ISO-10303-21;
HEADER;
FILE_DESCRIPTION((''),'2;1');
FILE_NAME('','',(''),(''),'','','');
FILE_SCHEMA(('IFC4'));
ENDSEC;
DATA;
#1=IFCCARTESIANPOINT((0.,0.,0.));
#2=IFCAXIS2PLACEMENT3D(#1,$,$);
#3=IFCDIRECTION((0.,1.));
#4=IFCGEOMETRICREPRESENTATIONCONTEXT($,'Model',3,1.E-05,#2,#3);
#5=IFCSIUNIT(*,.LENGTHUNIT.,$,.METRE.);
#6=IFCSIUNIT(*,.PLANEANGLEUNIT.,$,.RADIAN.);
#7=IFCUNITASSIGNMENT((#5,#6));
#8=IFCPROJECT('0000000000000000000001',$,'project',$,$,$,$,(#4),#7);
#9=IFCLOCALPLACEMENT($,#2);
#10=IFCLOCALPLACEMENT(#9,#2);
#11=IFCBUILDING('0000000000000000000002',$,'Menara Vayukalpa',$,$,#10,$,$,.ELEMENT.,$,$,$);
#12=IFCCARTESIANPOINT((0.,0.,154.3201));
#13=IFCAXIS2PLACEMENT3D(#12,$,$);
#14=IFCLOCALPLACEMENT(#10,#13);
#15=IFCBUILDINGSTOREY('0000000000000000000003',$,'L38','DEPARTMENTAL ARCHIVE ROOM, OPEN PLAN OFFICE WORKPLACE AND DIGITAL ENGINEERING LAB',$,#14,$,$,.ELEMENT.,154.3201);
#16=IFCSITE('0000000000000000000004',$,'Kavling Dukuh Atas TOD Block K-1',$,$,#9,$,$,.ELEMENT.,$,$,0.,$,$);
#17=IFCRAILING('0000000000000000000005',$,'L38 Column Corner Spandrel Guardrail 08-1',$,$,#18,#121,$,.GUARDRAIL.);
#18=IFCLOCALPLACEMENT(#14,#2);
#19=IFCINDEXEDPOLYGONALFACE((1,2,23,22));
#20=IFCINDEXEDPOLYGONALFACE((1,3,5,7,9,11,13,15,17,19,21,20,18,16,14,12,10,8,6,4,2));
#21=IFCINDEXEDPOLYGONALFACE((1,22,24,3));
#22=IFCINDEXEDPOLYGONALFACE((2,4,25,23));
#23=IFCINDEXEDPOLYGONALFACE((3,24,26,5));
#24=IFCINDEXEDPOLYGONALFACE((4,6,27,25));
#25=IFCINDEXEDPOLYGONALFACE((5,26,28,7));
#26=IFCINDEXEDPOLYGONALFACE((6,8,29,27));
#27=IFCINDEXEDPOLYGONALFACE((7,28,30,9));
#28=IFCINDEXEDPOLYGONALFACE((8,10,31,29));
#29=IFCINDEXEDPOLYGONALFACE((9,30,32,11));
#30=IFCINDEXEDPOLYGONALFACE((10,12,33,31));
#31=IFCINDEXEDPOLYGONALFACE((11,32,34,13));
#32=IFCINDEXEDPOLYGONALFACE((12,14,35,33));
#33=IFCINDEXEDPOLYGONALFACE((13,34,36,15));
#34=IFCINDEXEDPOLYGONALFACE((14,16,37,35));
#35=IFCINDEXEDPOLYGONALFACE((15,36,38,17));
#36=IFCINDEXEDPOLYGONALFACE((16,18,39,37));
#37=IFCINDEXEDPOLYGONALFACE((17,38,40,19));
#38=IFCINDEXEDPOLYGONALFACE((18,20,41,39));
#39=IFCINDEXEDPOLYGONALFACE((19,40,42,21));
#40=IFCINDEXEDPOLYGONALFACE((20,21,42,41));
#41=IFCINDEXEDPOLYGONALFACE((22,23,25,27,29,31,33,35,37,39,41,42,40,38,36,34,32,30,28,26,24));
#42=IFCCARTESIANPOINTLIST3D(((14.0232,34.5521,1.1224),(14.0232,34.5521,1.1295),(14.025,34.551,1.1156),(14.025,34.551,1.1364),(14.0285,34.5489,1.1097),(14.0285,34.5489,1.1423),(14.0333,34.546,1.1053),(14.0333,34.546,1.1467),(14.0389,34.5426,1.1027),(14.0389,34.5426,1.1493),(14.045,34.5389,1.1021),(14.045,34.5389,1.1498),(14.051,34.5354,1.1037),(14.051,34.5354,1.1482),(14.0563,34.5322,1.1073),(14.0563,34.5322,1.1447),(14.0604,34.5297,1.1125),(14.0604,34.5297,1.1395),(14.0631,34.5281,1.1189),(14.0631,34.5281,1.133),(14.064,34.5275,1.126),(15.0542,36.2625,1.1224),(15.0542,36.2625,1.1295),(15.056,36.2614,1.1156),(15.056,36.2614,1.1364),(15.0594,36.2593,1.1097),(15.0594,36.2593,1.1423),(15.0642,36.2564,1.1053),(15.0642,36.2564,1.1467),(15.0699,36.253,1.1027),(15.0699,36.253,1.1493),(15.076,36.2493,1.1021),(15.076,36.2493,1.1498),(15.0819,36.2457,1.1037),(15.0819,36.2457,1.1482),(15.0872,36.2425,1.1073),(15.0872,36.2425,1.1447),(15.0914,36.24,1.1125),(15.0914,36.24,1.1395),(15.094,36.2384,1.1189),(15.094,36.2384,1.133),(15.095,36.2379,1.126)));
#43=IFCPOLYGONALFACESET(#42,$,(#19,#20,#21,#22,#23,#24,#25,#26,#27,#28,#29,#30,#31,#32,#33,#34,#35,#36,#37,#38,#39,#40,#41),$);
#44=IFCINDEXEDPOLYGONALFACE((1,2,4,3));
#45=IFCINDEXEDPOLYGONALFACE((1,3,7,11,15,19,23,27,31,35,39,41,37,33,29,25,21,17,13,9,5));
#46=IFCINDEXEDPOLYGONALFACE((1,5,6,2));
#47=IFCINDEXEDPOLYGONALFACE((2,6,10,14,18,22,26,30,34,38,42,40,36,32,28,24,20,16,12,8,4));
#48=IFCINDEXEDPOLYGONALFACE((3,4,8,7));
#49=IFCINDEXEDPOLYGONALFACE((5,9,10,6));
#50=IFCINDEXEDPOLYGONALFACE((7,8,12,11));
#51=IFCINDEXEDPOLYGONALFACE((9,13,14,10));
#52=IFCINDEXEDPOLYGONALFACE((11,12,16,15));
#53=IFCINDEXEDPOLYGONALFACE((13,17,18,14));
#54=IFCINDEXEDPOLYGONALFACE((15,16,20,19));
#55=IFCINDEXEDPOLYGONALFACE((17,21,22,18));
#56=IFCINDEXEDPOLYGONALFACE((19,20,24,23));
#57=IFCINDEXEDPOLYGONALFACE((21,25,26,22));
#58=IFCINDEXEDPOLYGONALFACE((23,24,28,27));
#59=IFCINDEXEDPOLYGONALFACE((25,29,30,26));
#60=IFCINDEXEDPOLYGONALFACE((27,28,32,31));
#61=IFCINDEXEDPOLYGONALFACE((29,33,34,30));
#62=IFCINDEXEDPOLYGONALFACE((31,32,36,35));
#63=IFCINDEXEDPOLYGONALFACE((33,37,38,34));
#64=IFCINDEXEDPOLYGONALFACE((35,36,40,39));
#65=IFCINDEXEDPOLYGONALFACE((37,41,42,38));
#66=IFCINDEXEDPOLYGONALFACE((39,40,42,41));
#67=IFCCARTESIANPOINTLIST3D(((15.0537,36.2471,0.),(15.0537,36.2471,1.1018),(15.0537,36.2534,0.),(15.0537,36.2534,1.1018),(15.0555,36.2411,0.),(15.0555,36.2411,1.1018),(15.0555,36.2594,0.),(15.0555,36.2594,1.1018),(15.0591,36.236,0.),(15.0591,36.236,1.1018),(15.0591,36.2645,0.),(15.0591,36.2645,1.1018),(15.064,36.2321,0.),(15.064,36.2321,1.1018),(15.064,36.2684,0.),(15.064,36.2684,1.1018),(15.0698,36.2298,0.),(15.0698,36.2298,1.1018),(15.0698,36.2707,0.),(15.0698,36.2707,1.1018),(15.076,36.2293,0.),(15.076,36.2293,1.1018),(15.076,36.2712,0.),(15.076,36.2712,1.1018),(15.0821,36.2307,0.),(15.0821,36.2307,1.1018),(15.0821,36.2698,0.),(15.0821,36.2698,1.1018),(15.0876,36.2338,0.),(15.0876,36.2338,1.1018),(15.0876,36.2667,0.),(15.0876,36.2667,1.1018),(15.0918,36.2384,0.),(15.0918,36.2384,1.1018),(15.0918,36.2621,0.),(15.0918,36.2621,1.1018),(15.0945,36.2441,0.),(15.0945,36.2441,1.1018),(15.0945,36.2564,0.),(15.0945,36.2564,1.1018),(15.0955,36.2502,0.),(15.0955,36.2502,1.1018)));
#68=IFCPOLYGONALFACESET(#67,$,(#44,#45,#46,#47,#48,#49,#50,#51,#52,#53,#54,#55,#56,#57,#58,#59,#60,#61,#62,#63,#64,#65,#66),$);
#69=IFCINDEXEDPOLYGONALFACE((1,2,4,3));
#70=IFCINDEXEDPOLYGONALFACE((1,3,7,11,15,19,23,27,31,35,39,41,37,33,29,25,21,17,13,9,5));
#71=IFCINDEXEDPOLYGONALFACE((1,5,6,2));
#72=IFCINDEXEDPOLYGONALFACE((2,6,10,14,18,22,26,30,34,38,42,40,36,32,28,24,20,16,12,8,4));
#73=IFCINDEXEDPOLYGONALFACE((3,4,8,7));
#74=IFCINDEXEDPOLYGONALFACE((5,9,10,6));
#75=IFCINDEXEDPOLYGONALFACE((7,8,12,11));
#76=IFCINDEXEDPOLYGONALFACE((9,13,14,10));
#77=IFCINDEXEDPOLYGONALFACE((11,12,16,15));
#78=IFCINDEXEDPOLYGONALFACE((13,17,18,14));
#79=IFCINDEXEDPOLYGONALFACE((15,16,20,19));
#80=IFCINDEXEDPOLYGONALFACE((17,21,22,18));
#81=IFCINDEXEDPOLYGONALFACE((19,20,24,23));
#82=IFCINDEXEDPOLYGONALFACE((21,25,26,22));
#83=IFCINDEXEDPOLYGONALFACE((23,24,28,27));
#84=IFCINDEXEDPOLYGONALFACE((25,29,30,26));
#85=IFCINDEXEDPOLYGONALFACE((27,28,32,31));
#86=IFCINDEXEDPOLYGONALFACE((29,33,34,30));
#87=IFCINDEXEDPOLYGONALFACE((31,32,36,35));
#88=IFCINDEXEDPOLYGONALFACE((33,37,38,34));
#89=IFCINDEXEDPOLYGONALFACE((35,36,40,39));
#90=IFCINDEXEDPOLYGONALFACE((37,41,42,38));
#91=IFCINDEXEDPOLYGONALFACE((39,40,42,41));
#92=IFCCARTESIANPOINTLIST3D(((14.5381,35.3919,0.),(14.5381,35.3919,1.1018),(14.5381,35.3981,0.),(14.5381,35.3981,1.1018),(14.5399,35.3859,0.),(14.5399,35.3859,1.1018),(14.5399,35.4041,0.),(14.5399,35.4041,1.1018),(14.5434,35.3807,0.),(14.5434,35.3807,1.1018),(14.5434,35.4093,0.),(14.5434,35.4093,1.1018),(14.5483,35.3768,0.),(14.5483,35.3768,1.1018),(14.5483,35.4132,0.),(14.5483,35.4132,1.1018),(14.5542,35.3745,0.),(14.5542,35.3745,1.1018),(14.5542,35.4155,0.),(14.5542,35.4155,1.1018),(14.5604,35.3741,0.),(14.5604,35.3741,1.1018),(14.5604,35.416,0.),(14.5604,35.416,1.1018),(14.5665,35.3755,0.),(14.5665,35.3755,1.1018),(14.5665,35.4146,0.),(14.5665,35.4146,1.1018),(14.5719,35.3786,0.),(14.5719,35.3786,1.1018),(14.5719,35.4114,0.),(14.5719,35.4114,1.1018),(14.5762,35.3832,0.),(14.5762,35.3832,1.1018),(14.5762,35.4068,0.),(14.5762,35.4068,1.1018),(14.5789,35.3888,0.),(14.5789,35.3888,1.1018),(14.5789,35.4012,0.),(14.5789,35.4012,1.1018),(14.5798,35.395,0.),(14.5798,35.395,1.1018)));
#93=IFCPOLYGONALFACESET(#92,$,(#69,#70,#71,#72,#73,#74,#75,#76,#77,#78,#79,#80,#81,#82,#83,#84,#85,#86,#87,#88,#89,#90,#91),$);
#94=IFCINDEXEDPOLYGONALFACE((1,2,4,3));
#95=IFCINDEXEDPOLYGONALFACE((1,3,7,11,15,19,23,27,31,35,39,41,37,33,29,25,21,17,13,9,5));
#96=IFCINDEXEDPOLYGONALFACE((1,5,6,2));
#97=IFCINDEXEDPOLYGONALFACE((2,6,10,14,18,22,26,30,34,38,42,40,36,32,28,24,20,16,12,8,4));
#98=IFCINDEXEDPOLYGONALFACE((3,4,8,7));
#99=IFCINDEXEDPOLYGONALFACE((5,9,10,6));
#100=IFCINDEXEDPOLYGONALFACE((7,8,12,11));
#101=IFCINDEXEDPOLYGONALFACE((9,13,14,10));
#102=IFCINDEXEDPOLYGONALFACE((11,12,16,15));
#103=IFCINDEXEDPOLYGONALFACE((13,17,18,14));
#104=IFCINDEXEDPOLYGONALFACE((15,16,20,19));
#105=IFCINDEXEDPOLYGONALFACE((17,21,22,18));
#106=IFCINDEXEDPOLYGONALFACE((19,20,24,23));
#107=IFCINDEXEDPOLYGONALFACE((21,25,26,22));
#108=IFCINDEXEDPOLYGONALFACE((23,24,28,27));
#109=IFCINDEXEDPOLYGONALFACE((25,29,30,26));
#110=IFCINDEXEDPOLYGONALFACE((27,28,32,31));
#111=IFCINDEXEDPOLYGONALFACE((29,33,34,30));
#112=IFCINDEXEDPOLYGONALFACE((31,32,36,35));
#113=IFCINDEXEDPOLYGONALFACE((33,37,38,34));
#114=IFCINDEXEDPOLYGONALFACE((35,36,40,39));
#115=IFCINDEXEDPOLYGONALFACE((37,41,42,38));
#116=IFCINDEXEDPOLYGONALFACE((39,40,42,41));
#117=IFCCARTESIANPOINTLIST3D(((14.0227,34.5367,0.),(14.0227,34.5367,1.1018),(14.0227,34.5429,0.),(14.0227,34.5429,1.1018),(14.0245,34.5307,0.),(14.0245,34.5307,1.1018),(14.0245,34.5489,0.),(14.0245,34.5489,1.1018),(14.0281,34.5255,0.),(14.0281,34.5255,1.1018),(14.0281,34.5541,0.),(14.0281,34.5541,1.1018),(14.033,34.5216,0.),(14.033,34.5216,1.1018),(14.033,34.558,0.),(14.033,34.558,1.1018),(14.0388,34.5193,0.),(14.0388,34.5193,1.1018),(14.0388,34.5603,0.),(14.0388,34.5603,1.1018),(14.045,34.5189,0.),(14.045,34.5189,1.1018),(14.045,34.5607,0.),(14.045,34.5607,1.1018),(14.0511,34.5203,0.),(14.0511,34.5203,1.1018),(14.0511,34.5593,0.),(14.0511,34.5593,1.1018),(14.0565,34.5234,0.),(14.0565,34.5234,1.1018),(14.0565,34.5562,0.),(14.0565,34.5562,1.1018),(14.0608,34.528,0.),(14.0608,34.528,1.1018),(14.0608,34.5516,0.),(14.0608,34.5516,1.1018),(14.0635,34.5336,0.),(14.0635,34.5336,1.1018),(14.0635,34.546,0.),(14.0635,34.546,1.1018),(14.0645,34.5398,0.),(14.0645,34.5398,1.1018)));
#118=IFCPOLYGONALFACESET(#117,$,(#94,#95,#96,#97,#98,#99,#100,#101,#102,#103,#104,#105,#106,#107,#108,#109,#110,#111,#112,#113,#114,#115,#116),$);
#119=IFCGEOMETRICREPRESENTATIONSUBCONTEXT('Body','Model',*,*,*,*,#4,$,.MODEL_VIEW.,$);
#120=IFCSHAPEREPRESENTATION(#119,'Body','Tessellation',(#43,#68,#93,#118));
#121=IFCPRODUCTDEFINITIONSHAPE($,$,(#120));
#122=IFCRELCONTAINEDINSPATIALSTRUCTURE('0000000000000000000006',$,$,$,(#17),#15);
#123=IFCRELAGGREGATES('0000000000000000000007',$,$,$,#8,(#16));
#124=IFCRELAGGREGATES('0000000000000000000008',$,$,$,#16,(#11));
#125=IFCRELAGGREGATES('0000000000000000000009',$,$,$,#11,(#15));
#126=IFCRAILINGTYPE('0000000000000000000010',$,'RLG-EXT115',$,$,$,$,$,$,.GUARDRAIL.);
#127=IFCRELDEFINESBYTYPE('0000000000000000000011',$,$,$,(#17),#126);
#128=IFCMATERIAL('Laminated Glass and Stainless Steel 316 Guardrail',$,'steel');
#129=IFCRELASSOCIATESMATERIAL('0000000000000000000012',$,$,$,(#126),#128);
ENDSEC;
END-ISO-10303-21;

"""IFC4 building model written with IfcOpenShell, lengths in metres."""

from ifc_helpers import new_model, si_unit, direction, frame, origin, origin_2d, place, context, subcontext, project, spatial, circle, extrude, material, type_object, element, save


model = new_model("IFC4")

# Units and contexts
model_context = context("Model", 3, precision=1e-05, world=origin(), true_north=direction((0.0, 1.0)))
body_context = subcontext(model_context, "Body", "Model", "MODEL_VIEW")
ifc_project = project(units=[si_unit("LENGTHUNIT", "METRE"), si_unit("PLANEANGLEUNIT", "RADIAN")], contexts=[model_context])

# Site, building, storey
site_placement = place(None, origin())
site = spatial("IfcSite", under=ifc_project, at=site_placement, Name="Kavling Dukuh Atas TOD Block K-1", CompositionType="ELEMENT", RefElevation=0.0)
building_placement = place(site_placement, origin())
building = spatial("IfcBuilding", under=site, at=building_placement, Name="Menara Vayukalpa", CompositionType="ELEMENT")
storey_placement = place(building_placement, frame((0.0, 0.0, 154.3201)))
storey = spatial("IfcBuildingStorey", under=building, at=storey_placement, Name="L38", Description="DEPARTMENTAL ARCHIVE ROOM, OPEN PLAN OFFICE WORKPLACE AND DIGITAL ENGINEERING LAB", CompositionType="ELEMENT", Elevation=154.3201)

# Railing
ifc_material_1 = material(Name="Laminated Glass and Stainless Steel 316 Guardrail", Category="steel")
railing_type = type_object("IfcRailingType", Name="RLG-EXT115", PredefinedType="GUARDRAIL", material=ifc_material_1)
railing_1_placement = place(storey_placement, frame((15.0745, 36.2502, 0.0)))
element("IfcRailing", 1, at=railing_1_placement, inside=storey, type_object=railing_type, Name="L38 Column Corner Spandrel Guardrail 08-1", PredefinedType="GUARDRAIL", context=body_context, shape_type="SweptSolid", body=[
    extrude(circle(Radius=0.0239, at=origin_2d()), frame((0.0, 0.0, 1.126), z_axis=(-0.516238, -0.856445, 0.0), x_axis=(0.856445, -0.516238, 0.0)), (0.0, 0.0, 1.0), 1.9971),
    extrude(circle(Radius=0.021, at=origin_2d()), origin(), (0.0, 0.0, 1.0), 1.1018),
    extrude(circle(Radius=0.021, at=origin_2d()), frame((-0.5156, -0.8552, 0.0)), (0.0, 0.0, 1.0), 1.1018),
    extrude(circle(Radius=0.021, at=origin_2d()), frame((-1.031, -1.7104, 0.0)), (0.0, 0.0, 1.0), 1.1018),
])

save(model, "model.ifc")
